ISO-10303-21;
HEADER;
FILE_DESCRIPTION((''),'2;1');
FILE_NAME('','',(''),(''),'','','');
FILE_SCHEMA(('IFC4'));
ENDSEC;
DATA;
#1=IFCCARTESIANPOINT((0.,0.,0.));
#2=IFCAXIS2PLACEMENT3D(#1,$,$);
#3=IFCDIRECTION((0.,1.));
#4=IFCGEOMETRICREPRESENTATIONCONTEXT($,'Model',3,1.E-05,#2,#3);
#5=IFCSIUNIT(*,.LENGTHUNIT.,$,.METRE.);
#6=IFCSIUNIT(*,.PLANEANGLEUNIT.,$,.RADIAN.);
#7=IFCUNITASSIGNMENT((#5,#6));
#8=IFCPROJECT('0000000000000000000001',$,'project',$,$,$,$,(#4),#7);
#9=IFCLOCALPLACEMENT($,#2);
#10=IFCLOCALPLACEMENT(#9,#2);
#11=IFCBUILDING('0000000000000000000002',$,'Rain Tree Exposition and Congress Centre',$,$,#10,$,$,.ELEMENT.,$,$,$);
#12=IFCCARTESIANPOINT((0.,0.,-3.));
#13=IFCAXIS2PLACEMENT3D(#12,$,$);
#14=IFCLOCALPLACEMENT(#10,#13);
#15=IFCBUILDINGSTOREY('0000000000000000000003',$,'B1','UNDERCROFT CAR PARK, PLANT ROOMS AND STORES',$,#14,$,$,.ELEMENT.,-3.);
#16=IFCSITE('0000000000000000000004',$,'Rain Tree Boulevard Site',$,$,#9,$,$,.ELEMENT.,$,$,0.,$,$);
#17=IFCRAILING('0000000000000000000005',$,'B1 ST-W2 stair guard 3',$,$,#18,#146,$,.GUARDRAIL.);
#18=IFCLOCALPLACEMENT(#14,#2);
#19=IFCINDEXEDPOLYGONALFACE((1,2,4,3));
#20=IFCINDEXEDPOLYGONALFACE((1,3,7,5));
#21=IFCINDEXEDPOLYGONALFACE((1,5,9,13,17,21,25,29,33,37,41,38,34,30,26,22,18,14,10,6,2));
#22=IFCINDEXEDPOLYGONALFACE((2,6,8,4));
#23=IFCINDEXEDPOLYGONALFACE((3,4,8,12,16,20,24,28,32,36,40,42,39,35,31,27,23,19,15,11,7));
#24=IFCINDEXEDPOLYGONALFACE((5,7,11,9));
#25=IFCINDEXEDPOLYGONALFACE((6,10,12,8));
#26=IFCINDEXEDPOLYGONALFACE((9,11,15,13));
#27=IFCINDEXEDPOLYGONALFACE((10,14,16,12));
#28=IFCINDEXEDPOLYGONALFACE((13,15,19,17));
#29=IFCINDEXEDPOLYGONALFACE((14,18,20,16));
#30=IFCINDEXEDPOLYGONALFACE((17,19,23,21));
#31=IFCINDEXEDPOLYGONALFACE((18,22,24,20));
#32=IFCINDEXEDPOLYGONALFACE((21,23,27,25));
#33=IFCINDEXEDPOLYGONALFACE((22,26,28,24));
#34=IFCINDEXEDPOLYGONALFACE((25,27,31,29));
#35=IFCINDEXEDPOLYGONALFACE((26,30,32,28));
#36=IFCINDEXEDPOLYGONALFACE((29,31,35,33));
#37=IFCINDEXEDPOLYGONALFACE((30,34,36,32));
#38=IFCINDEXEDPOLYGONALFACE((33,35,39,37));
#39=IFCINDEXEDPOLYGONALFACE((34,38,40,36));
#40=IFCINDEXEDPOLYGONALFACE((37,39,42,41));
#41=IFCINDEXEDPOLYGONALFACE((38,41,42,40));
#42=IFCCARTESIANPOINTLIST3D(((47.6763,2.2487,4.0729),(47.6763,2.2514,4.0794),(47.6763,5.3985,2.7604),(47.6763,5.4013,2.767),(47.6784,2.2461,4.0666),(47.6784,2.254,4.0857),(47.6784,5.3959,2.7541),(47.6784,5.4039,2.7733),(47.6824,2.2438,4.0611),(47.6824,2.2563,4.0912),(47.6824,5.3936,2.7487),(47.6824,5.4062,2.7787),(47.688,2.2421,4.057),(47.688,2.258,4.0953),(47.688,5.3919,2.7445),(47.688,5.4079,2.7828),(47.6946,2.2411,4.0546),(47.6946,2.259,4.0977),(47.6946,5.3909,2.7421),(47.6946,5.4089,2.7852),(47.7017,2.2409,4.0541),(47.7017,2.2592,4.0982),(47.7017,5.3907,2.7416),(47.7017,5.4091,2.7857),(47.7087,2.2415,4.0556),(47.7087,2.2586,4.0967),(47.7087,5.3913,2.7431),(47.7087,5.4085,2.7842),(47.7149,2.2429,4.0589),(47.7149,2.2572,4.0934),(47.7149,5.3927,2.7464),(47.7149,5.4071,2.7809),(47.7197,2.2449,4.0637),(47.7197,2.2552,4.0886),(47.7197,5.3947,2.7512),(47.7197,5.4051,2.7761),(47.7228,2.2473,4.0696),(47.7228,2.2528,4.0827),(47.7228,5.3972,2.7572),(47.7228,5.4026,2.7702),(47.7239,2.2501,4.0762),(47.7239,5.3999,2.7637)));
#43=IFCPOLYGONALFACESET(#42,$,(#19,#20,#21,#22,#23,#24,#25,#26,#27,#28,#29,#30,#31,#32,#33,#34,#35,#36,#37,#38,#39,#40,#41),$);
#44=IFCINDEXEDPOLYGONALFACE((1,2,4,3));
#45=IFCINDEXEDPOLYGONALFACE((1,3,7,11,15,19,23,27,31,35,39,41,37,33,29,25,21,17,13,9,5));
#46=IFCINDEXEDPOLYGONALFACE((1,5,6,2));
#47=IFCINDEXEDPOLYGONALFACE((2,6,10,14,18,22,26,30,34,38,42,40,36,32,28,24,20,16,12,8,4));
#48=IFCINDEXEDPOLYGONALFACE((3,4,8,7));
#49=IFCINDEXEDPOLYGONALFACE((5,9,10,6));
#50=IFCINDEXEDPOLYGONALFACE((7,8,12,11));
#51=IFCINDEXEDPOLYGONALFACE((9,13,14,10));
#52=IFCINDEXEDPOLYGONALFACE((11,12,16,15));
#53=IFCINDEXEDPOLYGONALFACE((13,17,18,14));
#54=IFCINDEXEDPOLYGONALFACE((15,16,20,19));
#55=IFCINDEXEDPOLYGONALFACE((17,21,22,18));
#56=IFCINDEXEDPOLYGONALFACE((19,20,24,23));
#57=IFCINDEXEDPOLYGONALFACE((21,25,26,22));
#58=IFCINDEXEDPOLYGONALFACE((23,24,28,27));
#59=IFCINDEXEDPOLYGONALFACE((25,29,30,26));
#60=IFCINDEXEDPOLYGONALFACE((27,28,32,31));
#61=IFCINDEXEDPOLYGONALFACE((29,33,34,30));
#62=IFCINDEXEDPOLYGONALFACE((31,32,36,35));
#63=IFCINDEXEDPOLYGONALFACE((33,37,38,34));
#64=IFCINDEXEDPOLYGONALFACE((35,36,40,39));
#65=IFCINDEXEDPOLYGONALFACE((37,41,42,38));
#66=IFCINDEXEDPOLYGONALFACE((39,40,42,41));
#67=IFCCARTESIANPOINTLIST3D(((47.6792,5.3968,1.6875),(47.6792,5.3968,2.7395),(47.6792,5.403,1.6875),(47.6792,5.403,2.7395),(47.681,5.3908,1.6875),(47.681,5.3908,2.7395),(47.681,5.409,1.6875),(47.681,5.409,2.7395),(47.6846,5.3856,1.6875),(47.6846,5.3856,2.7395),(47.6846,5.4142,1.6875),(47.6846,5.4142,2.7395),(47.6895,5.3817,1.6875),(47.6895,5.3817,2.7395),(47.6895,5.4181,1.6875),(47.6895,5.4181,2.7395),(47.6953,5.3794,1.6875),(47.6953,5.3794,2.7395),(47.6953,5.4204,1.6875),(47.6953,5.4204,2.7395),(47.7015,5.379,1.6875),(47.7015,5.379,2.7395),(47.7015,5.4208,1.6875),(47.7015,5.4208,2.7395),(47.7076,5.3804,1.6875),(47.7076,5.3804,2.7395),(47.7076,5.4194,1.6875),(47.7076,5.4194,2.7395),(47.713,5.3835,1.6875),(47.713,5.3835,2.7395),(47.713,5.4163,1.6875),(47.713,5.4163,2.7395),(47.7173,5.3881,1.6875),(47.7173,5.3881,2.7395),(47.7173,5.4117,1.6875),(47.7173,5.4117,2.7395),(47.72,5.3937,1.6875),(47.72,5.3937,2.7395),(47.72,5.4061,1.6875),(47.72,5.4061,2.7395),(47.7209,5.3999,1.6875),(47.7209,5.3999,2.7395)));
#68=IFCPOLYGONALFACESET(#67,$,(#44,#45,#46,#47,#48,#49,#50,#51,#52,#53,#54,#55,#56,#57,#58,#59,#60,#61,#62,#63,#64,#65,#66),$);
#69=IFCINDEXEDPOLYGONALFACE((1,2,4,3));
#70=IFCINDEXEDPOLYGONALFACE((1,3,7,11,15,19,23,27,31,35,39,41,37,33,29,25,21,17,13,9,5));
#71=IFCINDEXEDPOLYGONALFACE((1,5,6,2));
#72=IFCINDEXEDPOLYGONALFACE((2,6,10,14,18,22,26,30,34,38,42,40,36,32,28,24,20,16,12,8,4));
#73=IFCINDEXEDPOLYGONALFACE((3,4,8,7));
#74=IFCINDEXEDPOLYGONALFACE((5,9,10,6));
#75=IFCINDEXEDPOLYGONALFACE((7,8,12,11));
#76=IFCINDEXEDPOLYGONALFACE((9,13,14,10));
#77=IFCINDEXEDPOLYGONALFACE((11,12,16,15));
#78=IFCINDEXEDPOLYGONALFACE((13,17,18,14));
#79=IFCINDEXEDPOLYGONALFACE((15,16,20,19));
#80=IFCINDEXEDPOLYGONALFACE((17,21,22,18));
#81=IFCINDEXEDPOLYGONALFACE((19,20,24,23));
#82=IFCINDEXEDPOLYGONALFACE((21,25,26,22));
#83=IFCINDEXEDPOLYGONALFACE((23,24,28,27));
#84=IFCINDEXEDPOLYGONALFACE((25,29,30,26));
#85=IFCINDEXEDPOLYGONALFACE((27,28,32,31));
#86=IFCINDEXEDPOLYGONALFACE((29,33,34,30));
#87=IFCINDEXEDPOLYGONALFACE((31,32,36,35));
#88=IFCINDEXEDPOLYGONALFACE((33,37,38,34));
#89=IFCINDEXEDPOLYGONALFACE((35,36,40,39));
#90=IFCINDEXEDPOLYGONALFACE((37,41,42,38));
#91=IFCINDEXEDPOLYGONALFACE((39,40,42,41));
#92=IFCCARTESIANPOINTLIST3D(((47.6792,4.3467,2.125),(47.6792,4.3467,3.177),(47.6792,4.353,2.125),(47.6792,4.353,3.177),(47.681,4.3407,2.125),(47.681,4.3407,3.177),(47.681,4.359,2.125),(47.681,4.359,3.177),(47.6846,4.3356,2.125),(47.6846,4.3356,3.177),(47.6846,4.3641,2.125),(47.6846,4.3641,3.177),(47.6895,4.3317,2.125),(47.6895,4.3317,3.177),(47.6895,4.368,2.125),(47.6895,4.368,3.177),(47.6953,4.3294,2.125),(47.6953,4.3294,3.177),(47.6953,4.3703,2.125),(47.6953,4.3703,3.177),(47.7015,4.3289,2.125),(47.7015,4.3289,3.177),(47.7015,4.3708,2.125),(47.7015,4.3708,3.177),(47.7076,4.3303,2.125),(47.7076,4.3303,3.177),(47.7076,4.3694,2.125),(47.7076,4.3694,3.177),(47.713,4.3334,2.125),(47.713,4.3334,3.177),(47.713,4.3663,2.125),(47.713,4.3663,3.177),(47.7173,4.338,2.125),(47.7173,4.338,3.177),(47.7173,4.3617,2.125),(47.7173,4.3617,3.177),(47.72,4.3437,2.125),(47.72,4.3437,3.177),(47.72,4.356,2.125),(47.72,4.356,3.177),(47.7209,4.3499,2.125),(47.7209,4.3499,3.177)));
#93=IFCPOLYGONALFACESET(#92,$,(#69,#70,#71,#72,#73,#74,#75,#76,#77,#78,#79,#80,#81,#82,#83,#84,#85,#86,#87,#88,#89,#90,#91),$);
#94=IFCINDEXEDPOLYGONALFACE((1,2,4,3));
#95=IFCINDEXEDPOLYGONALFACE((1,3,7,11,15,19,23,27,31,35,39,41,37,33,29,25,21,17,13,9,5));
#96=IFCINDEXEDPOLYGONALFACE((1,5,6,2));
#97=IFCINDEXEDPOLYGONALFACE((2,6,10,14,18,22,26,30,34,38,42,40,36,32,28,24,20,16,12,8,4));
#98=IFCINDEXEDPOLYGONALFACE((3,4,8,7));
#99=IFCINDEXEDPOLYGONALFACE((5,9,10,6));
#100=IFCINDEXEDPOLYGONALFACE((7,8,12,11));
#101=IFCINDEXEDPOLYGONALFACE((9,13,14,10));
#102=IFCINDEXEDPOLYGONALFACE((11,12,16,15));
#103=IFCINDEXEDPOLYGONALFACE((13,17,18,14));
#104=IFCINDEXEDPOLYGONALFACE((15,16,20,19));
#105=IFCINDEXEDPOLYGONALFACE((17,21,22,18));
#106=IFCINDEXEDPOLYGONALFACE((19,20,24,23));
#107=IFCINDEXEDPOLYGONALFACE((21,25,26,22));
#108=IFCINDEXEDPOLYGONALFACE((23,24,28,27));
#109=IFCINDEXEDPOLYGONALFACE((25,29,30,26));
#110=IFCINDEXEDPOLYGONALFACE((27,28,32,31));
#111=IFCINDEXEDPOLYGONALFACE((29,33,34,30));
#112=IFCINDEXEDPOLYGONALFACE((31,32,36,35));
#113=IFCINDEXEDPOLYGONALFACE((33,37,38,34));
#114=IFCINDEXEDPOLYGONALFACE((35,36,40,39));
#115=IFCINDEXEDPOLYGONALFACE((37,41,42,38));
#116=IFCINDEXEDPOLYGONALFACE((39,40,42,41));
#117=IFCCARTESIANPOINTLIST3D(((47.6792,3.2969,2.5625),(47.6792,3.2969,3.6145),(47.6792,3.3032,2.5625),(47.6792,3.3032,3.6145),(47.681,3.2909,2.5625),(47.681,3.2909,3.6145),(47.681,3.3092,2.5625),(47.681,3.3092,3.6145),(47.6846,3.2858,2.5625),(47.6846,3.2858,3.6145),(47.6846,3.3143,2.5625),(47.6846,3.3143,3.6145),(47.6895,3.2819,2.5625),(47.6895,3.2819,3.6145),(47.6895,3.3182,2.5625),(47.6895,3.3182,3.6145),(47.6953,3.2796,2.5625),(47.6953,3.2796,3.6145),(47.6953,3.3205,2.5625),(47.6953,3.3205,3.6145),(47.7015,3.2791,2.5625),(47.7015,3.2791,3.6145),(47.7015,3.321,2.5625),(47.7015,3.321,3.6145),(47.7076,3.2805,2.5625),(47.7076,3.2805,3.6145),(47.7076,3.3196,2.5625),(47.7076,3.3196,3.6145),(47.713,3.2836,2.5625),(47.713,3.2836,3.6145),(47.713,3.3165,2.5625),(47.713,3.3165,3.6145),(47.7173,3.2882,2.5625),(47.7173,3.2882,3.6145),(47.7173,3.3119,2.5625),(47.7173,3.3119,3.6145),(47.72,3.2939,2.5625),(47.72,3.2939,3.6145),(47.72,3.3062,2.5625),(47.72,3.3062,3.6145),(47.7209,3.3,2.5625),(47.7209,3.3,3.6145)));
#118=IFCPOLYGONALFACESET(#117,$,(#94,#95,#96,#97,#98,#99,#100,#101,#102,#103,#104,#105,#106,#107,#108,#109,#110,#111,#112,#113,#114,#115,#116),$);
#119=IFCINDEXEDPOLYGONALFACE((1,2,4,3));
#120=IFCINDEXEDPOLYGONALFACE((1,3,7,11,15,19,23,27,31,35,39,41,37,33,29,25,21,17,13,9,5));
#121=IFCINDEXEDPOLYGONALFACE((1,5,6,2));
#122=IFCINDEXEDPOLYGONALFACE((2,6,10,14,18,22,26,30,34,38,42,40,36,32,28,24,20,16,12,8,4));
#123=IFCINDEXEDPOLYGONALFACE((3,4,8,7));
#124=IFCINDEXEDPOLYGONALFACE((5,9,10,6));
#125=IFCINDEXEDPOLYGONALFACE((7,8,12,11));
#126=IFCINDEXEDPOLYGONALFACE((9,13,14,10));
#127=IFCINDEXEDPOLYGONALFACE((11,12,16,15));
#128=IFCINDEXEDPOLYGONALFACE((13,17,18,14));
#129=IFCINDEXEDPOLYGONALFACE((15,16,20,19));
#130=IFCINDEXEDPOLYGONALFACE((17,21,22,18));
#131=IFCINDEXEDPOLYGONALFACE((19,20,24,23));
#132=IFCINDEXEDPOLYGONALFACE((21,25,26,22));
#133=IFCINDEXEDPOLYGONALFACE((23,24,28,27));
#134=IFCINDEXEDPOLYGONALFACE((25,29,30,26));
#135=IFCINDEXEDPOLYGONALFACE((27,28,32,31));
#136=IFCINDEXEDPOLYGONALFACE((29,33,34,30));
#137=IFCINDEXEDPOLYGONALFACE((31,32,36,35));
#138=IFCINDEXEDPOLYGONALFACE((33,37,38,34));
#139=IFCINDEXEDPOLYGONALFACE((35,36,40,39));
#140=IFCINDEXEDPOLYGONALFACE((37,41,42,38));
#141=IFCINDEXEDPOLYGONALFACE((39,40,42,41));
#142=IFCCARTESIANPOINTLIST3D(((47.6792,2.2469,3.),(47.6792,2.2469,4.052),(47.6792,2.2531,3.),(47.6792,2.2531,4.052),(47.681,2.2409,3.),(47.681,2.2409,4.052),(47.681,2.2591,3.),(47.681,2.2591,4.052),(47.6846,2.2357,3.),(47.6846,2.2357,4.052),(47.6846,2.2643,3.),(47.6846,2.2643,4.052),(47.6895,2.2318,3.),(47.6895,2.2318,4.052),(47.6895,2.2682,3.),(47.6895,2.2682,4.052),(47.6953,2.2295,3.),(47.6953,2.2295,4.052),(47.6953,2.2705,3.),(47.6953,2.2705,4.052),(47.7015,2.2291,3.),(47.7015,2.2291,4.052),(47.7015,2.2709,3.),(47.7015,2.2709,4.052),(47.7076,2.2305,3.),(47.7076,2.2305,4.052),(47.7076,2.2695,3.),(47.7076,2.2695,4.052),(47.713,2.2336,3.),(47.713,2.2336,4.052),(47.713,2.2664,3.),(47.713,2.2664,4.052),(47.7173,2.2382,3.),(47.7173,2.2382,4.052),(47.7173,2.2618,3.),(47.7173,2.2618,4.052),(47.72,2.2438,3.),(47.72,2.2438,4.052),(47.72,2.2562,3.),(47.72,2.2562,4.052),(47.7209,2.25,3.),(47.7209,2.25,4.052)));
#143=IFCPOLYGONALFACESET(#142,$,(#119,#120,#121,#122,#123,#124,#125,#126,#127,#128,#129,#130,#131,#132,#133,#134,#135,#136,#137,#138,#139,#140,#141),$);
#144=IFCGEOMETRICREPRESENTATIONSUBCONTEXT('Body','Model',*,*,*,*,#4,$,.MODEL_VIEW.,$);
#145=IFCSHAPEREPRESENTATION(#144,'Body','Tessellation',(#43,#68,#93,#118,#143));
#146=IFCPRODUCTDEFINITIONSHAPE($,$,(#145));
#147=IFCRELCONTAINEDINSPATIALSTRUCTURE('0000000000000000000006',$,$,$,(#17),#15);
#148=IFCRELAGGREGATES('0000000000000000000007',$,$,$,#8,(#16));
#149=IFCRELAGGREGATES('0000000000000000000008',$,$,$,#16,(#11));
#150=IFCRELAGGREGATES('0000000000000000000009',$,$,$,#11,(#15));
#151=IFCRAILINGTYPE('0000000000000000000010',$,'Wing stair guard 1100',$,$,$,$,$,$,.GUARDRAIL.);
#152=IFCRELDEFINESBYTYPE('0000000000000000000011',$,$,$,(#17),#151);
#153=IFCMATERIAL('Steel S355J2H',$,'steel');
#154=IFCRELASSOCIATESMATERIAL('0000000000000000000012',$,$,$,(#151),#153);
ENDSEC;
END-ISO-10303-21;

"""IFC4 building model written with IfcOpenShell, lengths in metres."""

from ifc_helpers import new_model, si_unit, direction, frame, origin, origin_2d, place, context, subcontext, project, spatial, circle, extrude, material, type_object, element, save


model = new_model("IFC4")

# Units and contexts
model_context = context("Model", 3, precision=1e-05, world=origin(), true_north=direction((0.0, 1.0)))
body_context = subcontext(model_context, "Body", "Model", "MODEL_VIEW")
ifc_project = project(units=[si_unit("LENGTHUNIT", "METRE"), si_unit("PLANEANGLEUNIT", "RADIAN")], contexts=[model_context])

# Site, building, storey
site_placement = place(None, origin())
site = spatial("IfcSite", under=ifc_project, at=site_placement, Name="Rain Tree Boulevard Site", CompositionType="ELEMENT", RefElevation=0.0)
building_placement = place(site_placement, origin())
building = spatial("IfcBuilding", under=site, at=building_placement, Name="Rain Tree Exposition and Congress Centre", CompositionType="ELEMENT")
storey_placement = place(building_placement, frame((0.0, 0.0, -3.0)))
storey = spatial("IfcBuildingStorey", under=building, at=storey_placement, Name="B1", Description="UNDERCROFT CAR PARK, PLANT ROOMS AND STORES", CompositionType="ELEMENT", Elevation=-3.0)

# Railing
ifc_material_1 = material(Name="Steel S355J2H", Category="steel")
railing_type_1 = type_object("IfcRailingType", Name="Wing stair guard 1100", PredefinedType="GUARDRAIL", material=ifc_material_1)
railing_1_placement = place(storey_placement, frame((47.7, 5.3999, 1.6875)))
element("IfcRailing", 1, at=railing_1_placement, inside=storey, type_object=railing_type_1, Name="B1 ST-W2 stair guard 3", PredefinedType="GUARDRAIL", context=body_context, shape_type="SweptSolid", body=[
    extrude(circle(Radius=0.0239, at=origin_2d()), frame((0.0, 0.0, 1.0762), z_axis=(0.0, -0.923073, 0.384626), x_axis=(1.0, 0.0, 0.0)), (0.0, 0.0, 1.0), 3.4124),
    extrude(circle(Radius=0.021, at=origin_2d()), origin(), (0.0, 0.0, 1.0), 1.052),
    extrude(circle(Radius=0.021, at=origin_2d()), frame((0.0, -1.05, 0.4375)), (0.0, 0.0, 1.0), 1.052),
    extrude(circle(Radius=0.021, at=origin_2d()), frame((0.0, -2.0999, 0.875)), (0.0, 0.0, 1.0), 1.052),
    extrude(circle(Radius=0.021, at=origin_2d()), frame((0.0, -3.1499, 1.3125)), (0.0, 0.0, 1.0), 1.052),
])

save(model, "model.ifc")
